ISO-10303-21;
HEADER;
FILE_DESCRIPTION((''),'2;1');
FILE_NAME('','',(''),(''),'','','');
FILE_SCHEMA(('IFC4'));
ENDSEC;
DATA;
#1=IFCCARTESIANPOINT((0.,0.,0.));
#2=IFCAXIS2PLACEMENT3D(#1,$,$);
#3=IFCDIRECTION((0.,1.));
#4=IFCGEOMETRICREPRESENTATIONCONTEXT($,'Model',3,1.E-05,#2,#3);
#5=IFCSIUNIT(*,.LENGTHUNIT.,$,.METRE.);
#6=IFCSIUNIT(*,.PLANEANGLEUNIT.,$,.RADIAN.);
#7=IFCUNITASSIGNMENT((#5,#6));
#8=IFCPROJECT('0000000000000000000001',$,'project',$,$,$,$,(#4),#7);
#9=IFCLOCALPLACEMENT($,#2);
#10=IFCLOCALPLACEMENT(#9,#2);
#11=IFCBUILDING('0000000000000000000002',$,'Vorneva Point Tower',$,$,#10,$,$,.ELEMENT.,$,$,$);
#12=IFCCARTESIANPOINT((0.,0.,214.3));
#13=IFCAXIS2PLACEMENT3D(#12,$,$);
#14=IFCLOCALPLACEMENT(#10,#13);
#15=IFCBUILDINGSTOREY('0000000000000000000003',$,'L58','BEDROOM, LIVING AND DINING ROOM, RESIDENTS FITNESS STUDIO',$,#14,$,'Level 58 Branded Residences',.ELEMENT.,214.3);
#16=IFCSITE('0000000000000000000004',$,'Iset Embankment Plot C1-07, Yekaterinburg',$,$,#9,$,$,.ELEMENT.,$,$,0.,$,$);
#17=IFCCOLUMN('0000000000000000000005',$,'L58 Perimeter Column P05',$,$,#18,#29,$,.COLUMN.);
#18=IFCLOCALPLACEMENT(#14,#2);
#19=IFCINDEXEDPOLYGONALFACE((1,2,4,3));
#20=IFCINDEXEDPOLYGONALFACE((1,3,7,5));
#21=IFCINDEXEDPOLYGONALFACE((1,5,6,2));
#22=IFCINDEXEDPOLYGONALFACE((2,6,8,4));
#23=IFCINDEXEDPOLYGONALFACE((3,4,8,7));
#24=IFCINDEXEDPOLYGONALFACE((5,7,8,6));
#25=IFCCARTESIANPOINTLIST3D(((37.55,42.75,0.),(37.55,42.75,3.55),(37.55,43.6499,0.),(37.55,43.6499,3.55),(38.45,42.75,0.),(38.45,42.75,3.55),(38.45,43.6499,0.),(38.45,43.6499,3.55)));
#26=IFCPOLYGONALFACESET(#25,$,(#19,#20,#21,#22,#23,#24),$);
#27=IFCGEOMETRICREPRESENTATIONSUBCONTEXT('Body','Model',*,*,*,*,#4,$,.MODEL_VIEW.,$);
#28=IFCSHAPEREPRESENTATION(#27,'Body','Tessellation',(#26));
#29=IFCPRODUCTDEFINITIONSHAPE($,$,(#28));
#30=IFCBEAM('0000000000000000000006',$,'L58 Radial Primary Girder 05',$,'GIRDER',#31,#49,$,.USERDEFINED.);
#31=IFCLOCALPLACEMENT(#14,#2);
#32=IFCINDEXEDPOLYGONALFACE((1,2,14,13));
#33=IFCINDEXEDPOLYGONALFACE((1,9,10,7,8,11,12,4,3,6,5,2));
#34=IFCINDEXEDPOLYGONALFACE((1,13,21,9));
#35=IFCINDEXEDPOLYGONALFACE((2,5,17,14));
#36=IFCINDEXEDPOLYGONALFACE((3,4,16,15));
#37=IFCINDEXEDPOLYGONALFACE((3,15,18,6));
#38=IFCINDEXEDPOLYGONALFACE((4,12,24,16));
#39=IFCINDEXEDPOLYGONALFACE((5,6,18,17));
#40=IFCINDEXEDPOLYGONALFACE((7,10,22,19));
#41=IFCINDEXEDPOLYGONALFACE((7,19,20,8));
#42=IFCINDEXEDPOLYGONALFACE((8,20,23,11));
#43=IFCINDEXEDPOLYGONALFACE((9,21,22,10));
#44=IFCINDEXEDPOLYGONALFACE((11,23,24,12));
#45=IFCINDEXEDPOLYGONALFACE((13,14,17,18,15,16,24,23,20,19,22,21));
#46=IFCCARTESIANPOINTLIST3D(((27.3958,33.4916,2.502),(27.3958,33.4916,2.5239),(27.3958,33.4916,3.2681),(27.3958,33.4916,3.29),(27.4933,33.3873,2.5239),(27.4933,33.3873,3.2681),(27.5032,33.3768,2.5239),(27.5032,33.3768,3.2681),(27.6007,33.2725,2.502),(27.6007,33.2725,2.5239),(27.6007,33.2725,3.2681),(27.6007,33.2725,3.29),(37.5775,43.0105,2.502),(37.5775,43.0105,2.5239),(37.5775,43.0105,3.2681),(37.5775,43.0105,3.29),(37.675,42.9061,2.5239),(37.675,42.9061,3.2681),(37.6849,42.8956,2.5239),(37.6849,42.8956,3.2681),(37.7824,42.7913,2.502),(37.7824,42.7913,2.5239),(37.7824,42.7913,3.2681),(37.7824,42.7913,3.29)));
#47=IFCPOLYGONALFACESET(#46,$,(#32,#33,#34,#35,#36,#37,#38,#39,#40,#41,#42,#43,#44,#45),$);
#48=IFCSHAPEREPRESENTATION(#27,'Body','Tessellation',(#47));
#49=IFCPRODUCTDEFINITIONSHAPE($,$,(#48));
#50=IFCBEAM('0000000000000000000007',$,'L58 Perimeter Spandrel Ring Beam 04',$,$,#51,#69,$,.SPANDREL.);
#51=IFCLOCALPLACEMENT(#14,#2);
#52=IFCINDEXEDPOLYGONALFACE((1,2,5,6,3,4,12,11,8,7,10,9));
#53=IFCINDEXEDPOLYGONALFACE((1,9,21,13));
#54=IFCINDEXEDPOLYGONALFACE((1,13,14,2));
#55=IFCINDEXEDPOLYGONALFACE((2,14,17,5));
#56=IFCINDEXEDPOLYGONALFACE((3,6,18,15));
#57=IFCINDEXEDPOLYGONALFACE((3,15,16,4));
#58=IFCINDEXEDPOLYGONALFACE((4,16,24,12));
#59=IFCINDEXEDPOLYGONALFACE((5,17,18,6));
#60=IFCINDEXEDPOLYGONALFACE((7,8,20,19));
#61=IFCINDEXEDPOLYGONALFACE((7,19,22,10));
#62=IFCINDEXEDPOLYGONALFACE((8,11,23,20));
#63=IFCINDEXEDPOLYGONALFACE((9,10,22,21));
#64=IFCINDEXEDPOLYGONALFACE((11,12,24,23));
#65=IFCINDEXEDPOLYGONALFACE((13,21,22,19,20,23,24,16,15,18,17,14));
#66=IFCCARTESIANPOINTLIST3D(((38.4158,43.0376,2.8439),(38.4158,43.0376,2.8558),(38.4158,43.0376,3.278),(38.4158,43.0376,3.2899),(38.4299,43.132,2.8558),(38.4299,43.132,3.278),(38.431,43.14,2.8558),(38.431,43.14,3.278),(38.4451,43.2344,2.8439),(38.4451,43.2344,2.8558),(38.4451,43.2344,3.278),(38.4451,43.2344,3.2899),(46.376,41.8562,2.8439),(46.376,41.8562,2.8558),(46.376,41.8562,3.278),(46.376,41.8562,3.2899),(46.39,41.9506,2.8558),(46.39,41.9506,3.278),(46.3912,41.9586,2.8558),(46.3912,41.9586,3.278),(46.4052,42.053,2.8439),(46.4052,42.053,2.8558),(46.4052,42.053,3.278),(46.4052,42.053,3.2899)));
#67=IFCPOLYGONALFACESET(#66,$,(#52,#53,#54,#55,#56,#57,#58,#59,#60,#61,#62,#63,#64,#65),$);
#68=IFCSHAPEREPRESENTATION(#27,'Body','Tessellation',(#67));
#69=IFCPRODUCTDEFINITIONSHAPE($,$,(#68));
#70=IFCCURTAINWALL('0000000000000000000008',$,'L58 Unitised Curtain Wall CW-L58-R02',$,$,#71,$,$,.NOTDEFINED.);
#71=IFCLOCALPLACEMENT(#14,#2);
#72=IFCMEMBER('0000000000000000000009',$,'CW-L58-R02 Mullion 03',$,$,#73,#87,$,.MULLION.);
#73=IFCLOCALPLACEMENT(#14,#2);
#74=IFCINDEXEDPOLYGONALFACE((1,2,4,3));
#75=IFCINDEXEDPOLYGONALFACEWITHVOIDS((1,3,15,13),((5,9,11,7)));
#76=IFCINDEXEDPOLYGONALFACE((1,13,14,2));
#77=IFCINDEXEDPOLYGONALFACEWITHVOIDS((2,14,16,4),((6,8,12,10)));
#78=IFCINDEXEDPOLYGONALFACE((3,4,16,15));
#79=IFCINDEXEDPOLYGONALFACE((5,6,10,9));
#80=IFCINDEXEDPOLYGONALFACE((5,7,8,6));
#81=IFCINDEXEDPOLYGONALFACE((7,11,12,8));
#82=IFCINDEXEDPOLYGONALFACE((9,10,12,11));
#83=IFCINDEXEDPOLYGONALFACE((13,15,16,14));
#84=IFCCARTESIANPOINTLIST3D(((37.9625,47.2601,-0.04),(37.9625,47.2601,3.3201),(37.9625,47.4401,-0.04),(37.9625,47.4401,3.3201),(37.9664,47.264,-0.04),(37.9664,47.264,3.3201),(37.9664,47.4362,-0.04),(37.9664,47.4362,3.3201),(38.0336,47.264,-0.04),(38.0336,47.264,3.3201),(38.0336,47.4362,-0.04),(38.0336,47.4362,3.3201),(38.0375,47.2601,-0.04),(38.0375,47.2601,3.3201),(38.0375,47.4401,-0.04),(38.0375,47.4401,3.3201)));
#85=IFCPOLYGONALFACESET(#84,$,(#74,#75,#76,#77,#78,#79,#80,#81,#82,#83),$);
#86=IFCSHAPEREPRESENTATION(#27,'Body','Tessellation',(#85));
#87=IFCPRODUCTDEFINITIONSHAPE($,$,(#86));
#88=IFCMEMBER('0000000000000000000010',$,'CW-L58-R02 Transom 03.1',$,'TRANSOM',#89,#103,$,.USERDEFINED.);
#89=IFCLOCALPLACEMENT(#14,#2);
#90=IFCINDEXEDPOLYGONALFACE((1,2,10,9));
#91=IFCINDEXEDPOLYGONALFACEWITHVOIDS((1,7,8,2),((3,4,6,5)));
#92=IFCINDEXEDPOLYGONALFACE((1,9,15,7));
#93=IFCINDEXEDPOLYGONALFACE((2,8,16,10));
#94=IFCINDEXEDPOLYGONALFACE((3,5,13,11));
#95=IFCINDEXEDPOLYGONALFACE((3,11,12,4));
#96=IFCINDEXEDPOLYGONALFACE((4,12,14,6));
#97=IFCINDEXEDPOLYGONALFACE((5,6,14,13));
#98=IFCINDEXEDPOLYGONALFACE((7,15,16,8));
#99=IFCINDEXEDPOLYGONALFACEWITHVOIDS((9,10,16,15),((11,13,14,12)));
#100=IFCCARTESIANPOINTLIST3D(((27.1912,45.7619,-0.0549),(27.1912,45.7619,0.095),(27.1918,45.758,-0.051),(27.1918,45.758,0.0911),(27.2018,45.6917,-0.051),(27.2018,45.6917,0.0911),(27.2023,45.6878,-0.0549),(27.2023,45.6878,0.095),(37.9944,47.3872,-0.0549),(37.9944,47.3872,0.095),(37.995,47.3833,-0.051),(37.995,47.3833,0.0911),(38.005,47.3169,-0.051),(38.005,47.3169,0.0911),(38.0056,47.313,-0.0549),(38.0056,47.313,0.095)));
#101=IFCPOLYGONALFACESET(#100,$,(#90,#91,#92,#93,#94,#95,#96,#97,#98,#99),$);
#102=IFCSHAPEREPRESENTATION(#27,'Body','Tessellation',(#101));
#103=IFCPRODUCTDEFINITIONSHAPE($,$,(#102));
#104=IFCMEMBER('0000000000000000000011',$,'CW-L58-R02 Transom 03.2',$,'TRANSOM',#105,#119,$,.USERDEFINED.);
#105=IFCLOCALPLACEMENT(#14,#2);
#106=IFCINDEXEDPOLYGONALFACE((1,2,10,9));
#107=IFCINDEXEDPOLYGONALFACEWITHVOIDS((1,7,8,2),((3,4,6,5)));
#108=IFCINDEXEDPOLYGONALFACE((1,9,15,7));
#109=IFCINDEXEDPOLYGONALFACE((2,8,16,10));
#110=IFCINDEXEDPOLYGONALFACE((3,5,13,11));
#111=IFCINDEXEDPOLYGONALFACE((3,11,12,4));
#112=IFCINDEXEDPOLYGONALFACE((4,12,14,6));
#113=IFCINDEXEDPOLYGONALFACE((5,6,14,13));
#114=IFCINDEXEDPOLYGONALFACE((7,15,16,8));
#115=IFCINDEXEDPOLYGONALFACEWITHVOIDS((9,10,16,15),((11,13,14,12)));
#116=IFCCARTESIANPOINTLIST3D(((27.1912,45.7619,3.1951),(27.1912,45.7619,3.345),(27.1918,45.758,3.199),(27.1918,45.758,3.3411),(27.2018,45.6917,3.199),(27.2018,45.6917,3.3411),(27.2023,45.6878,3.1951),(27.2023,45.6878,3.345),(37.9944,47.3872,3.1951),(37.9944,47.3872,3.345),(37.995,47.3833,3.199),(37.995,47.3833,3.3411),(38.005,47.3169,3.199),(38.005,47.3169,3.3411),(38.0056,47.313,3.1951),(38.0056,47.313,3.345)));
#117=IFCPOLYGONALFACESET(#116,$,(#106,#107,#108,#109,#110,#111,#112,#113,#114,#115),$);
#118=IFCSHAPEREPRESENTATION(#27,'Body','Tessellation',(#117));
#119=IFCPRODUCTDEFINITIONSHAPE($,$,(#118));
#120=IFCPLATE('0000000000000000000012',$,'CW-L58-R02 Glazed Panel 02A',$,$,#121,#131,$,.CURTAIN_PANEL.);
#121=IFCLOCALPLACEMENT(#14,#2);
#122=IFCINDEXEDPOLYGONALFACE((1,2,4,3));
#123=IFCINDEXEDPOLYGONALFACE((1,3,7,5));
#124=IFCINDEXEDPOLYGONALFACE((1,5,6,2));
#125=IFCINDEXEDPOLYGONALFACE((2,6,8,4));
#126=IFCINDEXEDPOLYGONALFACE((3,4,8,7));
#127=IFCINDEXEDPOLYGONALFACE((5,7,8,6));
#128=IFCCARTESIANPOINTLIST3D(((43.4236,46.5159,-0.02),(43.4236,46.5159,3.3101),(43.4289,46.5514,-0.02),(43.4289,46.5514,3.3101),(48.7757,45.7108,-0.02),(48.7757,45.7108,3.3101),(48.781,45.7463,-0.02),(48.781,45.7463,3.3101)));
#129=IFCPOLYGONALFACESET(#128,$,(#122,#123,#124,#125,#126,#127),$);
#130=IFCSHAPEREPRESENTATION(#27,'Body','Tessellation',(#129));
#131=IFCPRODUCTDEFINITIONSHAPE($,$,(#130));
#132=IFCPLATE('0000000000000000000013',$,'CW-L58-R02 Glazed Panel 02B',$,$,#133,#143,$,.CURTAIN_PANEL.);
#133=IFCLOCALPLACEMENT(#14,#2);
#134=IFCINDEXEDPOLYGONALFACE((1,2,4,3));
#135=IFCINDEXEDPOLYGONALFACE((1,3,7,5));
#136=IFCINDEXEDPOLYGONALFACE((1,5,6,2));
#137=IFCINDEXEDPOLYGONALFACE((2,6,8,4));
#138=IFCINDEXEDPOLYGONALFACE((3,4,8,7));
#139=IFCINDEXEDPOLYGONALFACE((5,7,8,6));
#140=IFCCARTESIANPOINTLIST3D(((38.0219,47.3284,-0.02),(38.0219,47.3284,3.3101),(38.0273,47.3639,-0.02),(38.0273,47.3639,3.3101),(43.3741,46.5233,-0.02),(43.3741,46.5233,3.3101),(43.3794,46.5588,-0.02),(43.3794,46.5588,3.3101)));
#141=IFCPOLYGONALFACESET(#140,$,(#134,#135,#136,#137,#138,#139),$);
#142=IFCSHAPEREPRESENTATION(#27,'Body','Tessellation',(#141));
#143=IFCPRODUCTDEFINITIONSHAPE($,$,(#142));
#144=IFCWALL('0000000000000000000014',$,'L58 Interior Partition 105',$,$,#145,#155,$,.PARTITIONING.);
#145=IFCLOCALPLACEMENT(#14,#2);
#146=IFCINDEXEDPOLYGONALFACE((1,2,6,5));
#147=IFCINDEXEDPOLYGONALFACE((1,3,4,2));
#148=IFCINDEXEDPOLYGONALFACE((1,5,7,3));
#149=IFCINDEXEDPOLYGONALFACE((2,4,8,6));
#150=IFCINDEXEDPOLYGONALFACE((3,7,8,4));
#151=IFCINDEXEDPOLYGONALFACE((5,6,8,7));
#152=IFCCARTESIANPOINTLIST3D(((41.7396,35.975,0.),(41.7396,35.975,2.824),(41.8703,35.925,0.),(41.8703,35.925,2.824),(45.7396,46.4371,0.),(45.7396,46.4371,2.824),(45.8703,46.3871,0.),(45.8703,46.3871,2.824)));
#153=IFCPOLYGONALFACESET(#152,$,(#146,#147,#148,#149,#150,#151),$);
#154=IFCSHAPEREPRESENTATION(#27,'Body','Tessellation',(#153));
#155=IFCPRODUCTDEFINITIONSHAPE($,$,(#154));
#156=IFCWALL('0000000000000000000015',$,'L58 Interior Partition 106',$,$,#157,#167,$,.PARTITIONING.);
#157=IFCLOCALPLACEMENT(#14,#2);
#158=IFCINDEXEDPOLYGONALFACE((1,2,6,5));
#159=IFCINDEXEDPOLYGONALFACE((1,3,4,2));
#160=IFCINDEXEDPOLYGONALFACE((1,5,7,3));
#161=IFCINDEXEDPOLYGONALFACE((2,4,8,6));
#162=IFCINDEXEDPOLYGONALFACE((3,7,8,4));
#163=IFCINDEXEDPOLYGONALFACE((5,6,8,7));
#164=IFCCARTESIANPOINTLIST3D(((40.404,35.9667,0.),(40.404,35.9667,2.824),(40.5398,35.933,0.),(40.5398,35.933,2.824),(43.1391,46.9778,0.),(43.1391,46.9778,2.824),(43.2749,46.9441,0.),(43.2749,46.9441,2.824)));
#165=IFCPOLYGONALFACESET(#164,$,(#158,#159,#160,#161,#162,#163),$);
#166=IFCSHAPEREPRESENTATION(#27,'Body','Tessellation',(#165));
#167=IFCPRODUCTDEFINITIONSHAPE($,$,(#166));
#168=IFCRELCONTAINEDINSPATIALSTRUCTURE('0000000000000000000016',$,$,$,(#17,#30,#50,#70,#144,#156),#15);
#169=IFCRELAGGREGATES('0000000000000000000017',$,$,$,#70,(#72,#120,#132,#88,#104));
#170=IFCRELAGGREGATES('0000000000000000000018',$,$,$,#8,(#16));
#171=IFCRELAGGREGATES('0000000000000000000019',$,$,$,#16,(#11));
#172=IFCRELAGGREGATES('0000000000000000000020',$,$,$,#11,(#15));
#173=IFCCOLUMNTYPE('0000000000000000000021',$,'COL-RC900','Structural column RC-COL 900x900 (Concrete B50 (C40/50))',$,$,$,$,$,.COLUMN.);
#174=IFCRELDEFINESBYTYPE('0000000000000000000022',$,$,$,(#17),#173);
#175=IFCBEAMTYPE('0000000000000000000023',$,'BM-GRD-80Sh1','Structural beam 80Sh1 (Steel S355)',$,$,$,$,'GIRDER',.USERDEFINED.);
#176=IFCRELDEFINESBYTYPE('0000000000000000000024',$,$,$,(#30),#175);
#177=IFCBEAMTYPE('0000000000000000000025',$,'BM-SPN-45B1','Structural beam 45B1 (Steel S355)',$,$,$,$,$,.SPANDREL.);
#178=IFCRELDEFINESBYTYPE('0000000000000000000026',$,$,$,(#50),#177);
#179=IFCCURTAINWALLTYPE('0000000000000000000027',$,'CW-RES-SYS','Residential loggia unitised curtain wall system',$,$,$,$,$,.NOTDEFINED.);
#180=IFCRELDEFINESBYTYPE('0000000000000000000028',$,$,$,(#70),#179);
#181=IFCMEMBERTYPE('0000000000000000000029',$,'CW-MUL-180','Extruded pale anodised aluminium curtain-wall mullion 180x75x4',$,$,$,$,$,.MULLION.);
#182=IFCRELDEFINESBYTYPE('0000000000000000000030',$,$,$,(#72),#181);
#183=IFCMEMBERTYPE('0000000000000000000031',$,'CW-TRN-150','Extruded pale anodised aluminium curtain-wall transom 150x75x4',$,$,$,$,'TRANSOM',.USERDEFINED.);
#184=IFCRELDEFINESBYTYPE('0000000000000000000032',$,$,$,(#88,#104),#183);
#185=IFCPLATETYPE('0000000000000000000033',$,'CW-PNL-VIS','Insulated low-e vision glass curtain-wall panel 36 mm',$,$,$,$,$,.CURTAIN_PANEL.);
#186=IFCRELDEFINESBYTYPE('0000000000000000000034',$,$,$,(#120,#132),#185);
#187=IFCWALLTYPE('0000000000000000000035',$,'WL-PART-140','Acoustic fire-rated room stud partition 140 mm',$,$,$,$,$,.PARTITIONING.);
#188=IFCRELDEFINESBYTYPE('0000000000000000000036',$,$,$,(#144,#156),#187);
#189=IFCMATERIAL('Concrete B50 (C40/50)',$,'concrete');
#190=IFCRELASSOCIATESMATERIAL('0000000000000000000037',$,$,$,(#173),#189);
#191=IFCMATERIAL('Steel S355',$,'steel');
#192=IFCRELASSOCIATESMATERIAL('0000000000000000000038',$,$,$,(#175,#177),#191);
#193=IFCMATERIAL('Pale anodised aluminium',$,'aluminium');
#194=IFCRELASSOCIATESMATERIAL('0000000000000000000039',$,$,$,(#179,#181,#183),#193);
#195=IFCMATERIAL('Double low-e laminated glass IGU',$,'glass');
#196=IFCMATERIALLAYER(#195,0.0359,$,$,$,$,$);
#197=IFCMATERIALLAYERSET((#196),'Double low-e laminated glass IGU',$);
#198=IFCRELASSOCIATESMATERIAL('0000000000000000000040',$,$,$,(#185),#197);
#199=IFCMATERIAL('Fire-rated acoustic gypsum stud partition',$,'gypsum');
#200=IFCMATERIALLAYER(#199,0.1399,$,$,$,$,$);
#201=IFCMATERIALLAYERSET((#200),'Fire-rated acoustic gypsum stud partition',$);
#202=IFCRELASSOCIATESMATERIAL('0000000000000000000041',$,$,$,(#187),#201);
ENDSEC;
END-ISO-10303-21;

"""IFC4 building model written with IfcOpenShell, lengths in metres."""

from ifc_helpers import new_model, si_unit, direction, frame, frame_2d, origin, origin_2d, place, context, subcontext, project, spatial, rectangle, hollow_rectangle, i_section, extrude, material, layer, layer_set, material_profile, profile_set, type_object, element, aggregate, save


model = new_model("IFC4")

# Units and contexts
model_context = context("Model", 3, precision=1e-05, world=origin(), true_north=direction((0.0, 1.0)))
body_context = subcontext(model_context, "Body", "Model", "MODEL_VIEW")
ifc_project = project(units=[si_unit("LENGTHUNIT", "METRE"), si_unit("PLANEANGLEUNIT", "RADIAN")], contexts=[model_context])

# Site, building, storey
site_placement = place(None, origin())
site = spatial("IfcSite", under=ifc_project, at=site_placement, Name="Iset Embankment Plot C1-07, Yekaterinburg", CompositionType="ELEMENT", RefElevation=0.0)
building_placement = place(site_placement, origin())
building = spatial("IfcBuilding", under=site, at=building_placement, Name="Vorneva Point Tower", CompositionType="ELEMENT")
storey_placement = place(building_placement, frame((0.0, 0.0, 214.3)))
storey = spatial("IfcBuildingStorey", under=building, at=storey_placement, Name="L58", Description="BEDROOM, LIVING AND DINING ROOM, RESIDENTS FITNESS STUDIO", LongName="Level 58 Branded Residences", CompositionType="ELEMENT", Elevation=214.3)

# Column
ifc_material_1 = material(Name="Concrete B50 (C40/50)", Category="concrete")
ifc_material_profile_1 = material_profile(ifc_material_1, rectangle(XDim=0.8999, YDim=0.8999, at=origin_2d()), Name="RC-COL 900x900")
ifc_profile_set_1 = profile_set([ifc_material_profile_1], Name="Concrete B50 (C40/50)")
column_type = type_object("IfcColumnType", Name="COL-RC900", Description="Structural column RC-COL 900x900 (Concrete B50 (C40/50))", PredefinedType="COLUMN", material=ifc_profile_set_1)
column_placement = place(storey_placement, frame((38.0, 43.2, 0.0), z_axis=(0.0, 0.0, 1.0), x_axis=(0.0, 1.0, 0.0)))
element("IfcColumn", 1, at=column_placement, inside=storey, type_object=column_type, Name="L58 Perimeter Column P05", PredefinedType="COLUMN", context=body_context, shape_type="SweptSolid", body=[
    extrude(rectangle(XDim=0.8999, YDim=0.8999, at=origin_2d()), origin(), (0.0, 0.0, 1.0), 3.55),
])

# Beams
ifc_material_2 = material(Name="Steel S355", Category="steel")
ifc_material_profile_2 = material_profile(ifc_material_2, i_section(OverallWidth=0.3, OverallDepth=0.7881, WebThickness=0.0144, FlangeThickness=0.022, at=origin_2d()), Name="80Sh1")
ifc_profile_set_2 = profile_set([ifc_material_profile_2], Name="Steel S355")
beam_type_1 = type_object("IfcBeamType", Name="BM-GRD-80Sh1", Description="Structural beam 80Sh1 (Steel S355)", ElementType="GIRDER", PredefinedType="USERDEFINED", material=ifc_profile_set_2)
beam_1_placement = place(storey_placement, frame((37.6799, 42.9009, 2.896), z_axis=(-0.730485, -0.682929, 0.0), x_axis=(0.682929, -0.730485, 0.0)))
element("IfcBeam", 2, at=beam_1_placement, inside=storey, type_object=beam_type_1, Name="L58 Radial Primary Girder 05", ObjectType="GIRDER", PredefinedType="USERDEFINED", context=body_context, shape_type="SweptSolid", body=[
    extrude(i_section(OverallWidth=0.3, OverallDepth=0.7881, WebThickness=0.0144, FlangeThickness=0.022, at=origin_2d()), origin(), (0.0, 0.0, 1.0), 13.9382),
])
ifc_material_profile_3 = material_profile(ifc_material_2, i_section(OverallWidth=0.199, OverallDepth=0.446, WebThickness=0.0081, FlangeThickness=0.012, at=origin_2d()), Name="45B1")
ifc_profile_set_3 = profile_set([ifc_material_profile_3], Name="Steel S355")
beam_type_2 = type_object("IfcBeamType", Name="BM-SPN-45B1", Description="Structural beam 45B1 (Steel S355)", PredefinedType="SPANDREL", material=ifc_profile_set_3)
beam_2_placement = place(storey_placement, frame((46.3906, 41.9546, 3.0669), z_axis=(-0.989165, 0.146805, 0.0), x_axis=(-0.146805, -0.989165, 0.0)))
element("IfcBeam", 3, at=beam_2_placement, inside=storey, type_object=beam_type_2, Name="L58 Perimeter Spandrel Ring Beam 04", PredefinedType="SPANDREL", context=body_context, shape_type="SweptSolid", body=[
    extrude(i_section(OverallWidth=0.199, OverallDepth=0.446, WebThickness=0.0081, FlangeThickness=0.012, at=origin_2d()), origin(), (0.0, 0.0, 1.0), 8.0474),
])

# Curtain wall, members, plates
ifc_material_3 = material(Name="Pale anodised aluminium", Category="aluminium")
curtain_wall_type = type_object("IfcCurtainWallType", Name="CW-RES-SYS", Description="Residential loggia unitised curtain wall system", PredefinedType="NOTDEFINED", material=ifc_material_3)
curtain_wall_placement = place(storey_placement, origin())
curtain_wall = element("IfcCurtainWall", 4, at=curtain_wall_placement, inside=storey, type_object=curtain_wall_type, Name="L58 Unitised Curtain Wall CW-L58-R02", PredefinedType="NOTDEFINED")
ifc_material_profile_4 = material_profile(ifc_material_3, hollow_rectangle(XDim=0.075, YDim=0.1799, WallThickness=0.0039, at=origin_2d()), Name="AL-MUL 180x75x4")
ifc_profile_set_4 = profile_set([ifc_material_profile_4], Name="Pale anodised aluminium")
member_type_1 = type_object("IfcMemberType", Name="CW-MUL-180", Description="Extruded pale anodised aluminium curtain-wall mullion 180x75x4", PredefinedType="MULLION", material=ifc_profile_set_4)
member_1_placement = place(storey_placement, frame((38.0, 47.3501, -0.04), z_axis=(0.0, 0.0, 1.0), x_axis=(1.0, 0.0, 0.0)))
member_1 = element("IfcMember", 5, at=member_1_placement, type_object=member_type_1, Name="CW-L58-R02 Mullion 03", PredefinedType="MULLION", context=body_context, shape_type="SweptSolid", body=[
    extrude(hollow_rectangle(XDim=0.075, YDim=0.1799, WallThickness=0.0039, at=origin_2d()), origin(), (0.0, 0.0, 1.0), 3.3601),
])
ifc_material_profile_5 = material_profile(ifc_material_3, hollow_rectangle(XDim=0.075, YDim=0.1499, WallThickness=0.0039, at=origin_2d()), Name="AL-TRN 150x75x4")
ifc_profile_set_5 = profile_set([ifc_material_profile_5], Name="Pale anodised aluminium")
member_type_2 = type_object("IfcMemberType", Name="CW-TRN-150", Description="Extruded pale anodised aluminium curtain-wall transom 150x75x4", ElementType="TRANSOM", PredefinedType="USERDEFINED", material=ifc_profile_set_5)
member_2_placement = place(storey_placement, frame((38.0, 47.3501, 0.02), z_axis=(-0.988872, -0.148767, 0.0), x_axis=(0.148767, -0.988872, 0.0)))
member_2 = element("IfcMember", 6, at=member_2_placement, type_object=member_type_2, Name="CW-L58-R02 Transom 03.1", ObjectType="TRANSOM", PredefinedType="USERDEFINED", context=body_context, shape_type="SweptSolid", body=[
    extrude(hollow_rectangle(XDim=0.075, YDim=0.1499, WallThickness=0.0039, at=origin_2d()), origin(), (0.0, 0.0, 1.0), 10.9248),
])
member_3_placement = place(storey_placement, frame((38.0, 47.3501, 3.27), z_axis=(-0.988872, -0.148767, 0.0), x_axis=(0.148767, -0.988872, 0.0)))
member_3 = element("IfcMember", 7, at=member_3_placement, type_object=member_type_2, Name="CW-L58-R02 Transom 03.2", ObjectType="TRANSOM", PredefinedType="USERDEFINED", context=body_context, shape_type="SweptSolid", body=[
    extrude(hollow_rectangle(XDim=0.075, YDim=0.1499, WallThickness=0.0039, at=origin_2d()), origin(), (0.0, 0.0, 1.0), 10.9248),
])
ifc_material_4 = material(Name="Double low-e laminated glass IGU", Category="glass")
ifc_layer_1 = layer(ifc_material_4, 0.0359)
ifc_layer_set_1 = layer_set([ifc_layer_1], Name="Double low-e laminated glass IGU")
plate_type = type_object("IfcPlateType", Name="CW-PNL-VIS", Description="Insulated low-e vision glass curtain-wall panel 36 mm", PredefinedType="CURTAIN_PANEL", material=ifc_layer_set_1)
plate_1_placement = place(storey_placement, frame((46.1023, 46.1311, -0.02), z_axis=(0.0, 0.0, 1.0), x_axis=(-0.988874, 0.148759, 0.0)))
plate_1 = element("IfcPlate", 8, at=plate_1_placement, type_object=plate_type, Name="CW-L58-R02 Glazed Panel 02A", PredefinedType="CURTAIN_PANEL", context=body_context, shape_type="SweptSolid", body=[
    extrude(rectangle(XDim=5.4124, YDim=0.0359, at=origin_2d()), origin(), (0.0, 0.0, 1.0), 3.3301),
])
plate_2_placement = place(storey_placement, frame((40.7007, 46.9436, -0.02), z_axis=(0.0, 0.0, 1.0), x_axis=(-0.988874, 0.148759, 0.0)))
plate_2 = element("IfcPlate", 9, at=plate_2_placement, type_object=plate_type, Name="CW-L58-R02 Glazed Panel 02B", PredefinedType="CURTAIN_PANEL", context=body_context, shape_type="SweptSolid", body=[
    extrude(rectangle(XDim=5.4124, YDim=0.0359, at=origin_2d()), origin(), (0.0, 0.0, 1.0), 3.3301),
])
aggregate(curtain_wall, [member_1, plate_1, plate_2, member_2, member_3])

# Walls
ifc_material_5 = material(Name="Fire-rated acoustic gypsum stud partition", Category="gypsum")
ifc_layer_2 = layer(ifc_material_5, 0.1399)
ifc_layer_set_2 = layer_set([ifc_layer_2], Name="Fire-rated acoustic gypsum stud partition")
wall_type_1 = type_object("IfcWallType", Name="WL-PART-140", Description="Acoustic fire-rated room stud partition 140 mm", PredefinedType="PARTITIONING", material=ifc_layer_set_2)
wall_1_placement = place(storey_placement, frame((45.8049, 46.4121, 0.0), z_axis=(0.0, 0.0, 1.0), x_axis=(-0.357119, -0.934059, 0.0)))
element("IfcWall", 10, at=wall_1_placement, inside=storey, type_object=wall_type_1, Name="L58 Interior Partition 105", PredefinedType="PARTITIONING", context=body_context, shape_type="SweptSolid", body=[
    extrude(rectangle(XDim=11.2007, YDim=0.1399, at=frame_2d((5.6003, 0.0))), origin(), (0.0, 0.0, 1.0), 2.824),
])
wall_2_placement = place(storey_placement, frame((43.207, 46.9609, 0.0), z_axis=(0.0, 0.0, 1.0), x_axis=(-0.241072, -0.970507, 0.0)))
element("IfcWall", 11, at=wall_2_placement, inside=storey, type_object=wall_type_1, Name="L58 Interior Partition 106", PredefinedType="PARTITIONING", context=body_context, shape_type="SweptSolid", body=[
    extrude(rectangle(XDim=11.3457, YDim=0.1399, at=frame_2d((5.6729, 0.0))), origin(), (0.0, 0.0, 1.0), 2.824),
])

save(model, "model.ifc")
